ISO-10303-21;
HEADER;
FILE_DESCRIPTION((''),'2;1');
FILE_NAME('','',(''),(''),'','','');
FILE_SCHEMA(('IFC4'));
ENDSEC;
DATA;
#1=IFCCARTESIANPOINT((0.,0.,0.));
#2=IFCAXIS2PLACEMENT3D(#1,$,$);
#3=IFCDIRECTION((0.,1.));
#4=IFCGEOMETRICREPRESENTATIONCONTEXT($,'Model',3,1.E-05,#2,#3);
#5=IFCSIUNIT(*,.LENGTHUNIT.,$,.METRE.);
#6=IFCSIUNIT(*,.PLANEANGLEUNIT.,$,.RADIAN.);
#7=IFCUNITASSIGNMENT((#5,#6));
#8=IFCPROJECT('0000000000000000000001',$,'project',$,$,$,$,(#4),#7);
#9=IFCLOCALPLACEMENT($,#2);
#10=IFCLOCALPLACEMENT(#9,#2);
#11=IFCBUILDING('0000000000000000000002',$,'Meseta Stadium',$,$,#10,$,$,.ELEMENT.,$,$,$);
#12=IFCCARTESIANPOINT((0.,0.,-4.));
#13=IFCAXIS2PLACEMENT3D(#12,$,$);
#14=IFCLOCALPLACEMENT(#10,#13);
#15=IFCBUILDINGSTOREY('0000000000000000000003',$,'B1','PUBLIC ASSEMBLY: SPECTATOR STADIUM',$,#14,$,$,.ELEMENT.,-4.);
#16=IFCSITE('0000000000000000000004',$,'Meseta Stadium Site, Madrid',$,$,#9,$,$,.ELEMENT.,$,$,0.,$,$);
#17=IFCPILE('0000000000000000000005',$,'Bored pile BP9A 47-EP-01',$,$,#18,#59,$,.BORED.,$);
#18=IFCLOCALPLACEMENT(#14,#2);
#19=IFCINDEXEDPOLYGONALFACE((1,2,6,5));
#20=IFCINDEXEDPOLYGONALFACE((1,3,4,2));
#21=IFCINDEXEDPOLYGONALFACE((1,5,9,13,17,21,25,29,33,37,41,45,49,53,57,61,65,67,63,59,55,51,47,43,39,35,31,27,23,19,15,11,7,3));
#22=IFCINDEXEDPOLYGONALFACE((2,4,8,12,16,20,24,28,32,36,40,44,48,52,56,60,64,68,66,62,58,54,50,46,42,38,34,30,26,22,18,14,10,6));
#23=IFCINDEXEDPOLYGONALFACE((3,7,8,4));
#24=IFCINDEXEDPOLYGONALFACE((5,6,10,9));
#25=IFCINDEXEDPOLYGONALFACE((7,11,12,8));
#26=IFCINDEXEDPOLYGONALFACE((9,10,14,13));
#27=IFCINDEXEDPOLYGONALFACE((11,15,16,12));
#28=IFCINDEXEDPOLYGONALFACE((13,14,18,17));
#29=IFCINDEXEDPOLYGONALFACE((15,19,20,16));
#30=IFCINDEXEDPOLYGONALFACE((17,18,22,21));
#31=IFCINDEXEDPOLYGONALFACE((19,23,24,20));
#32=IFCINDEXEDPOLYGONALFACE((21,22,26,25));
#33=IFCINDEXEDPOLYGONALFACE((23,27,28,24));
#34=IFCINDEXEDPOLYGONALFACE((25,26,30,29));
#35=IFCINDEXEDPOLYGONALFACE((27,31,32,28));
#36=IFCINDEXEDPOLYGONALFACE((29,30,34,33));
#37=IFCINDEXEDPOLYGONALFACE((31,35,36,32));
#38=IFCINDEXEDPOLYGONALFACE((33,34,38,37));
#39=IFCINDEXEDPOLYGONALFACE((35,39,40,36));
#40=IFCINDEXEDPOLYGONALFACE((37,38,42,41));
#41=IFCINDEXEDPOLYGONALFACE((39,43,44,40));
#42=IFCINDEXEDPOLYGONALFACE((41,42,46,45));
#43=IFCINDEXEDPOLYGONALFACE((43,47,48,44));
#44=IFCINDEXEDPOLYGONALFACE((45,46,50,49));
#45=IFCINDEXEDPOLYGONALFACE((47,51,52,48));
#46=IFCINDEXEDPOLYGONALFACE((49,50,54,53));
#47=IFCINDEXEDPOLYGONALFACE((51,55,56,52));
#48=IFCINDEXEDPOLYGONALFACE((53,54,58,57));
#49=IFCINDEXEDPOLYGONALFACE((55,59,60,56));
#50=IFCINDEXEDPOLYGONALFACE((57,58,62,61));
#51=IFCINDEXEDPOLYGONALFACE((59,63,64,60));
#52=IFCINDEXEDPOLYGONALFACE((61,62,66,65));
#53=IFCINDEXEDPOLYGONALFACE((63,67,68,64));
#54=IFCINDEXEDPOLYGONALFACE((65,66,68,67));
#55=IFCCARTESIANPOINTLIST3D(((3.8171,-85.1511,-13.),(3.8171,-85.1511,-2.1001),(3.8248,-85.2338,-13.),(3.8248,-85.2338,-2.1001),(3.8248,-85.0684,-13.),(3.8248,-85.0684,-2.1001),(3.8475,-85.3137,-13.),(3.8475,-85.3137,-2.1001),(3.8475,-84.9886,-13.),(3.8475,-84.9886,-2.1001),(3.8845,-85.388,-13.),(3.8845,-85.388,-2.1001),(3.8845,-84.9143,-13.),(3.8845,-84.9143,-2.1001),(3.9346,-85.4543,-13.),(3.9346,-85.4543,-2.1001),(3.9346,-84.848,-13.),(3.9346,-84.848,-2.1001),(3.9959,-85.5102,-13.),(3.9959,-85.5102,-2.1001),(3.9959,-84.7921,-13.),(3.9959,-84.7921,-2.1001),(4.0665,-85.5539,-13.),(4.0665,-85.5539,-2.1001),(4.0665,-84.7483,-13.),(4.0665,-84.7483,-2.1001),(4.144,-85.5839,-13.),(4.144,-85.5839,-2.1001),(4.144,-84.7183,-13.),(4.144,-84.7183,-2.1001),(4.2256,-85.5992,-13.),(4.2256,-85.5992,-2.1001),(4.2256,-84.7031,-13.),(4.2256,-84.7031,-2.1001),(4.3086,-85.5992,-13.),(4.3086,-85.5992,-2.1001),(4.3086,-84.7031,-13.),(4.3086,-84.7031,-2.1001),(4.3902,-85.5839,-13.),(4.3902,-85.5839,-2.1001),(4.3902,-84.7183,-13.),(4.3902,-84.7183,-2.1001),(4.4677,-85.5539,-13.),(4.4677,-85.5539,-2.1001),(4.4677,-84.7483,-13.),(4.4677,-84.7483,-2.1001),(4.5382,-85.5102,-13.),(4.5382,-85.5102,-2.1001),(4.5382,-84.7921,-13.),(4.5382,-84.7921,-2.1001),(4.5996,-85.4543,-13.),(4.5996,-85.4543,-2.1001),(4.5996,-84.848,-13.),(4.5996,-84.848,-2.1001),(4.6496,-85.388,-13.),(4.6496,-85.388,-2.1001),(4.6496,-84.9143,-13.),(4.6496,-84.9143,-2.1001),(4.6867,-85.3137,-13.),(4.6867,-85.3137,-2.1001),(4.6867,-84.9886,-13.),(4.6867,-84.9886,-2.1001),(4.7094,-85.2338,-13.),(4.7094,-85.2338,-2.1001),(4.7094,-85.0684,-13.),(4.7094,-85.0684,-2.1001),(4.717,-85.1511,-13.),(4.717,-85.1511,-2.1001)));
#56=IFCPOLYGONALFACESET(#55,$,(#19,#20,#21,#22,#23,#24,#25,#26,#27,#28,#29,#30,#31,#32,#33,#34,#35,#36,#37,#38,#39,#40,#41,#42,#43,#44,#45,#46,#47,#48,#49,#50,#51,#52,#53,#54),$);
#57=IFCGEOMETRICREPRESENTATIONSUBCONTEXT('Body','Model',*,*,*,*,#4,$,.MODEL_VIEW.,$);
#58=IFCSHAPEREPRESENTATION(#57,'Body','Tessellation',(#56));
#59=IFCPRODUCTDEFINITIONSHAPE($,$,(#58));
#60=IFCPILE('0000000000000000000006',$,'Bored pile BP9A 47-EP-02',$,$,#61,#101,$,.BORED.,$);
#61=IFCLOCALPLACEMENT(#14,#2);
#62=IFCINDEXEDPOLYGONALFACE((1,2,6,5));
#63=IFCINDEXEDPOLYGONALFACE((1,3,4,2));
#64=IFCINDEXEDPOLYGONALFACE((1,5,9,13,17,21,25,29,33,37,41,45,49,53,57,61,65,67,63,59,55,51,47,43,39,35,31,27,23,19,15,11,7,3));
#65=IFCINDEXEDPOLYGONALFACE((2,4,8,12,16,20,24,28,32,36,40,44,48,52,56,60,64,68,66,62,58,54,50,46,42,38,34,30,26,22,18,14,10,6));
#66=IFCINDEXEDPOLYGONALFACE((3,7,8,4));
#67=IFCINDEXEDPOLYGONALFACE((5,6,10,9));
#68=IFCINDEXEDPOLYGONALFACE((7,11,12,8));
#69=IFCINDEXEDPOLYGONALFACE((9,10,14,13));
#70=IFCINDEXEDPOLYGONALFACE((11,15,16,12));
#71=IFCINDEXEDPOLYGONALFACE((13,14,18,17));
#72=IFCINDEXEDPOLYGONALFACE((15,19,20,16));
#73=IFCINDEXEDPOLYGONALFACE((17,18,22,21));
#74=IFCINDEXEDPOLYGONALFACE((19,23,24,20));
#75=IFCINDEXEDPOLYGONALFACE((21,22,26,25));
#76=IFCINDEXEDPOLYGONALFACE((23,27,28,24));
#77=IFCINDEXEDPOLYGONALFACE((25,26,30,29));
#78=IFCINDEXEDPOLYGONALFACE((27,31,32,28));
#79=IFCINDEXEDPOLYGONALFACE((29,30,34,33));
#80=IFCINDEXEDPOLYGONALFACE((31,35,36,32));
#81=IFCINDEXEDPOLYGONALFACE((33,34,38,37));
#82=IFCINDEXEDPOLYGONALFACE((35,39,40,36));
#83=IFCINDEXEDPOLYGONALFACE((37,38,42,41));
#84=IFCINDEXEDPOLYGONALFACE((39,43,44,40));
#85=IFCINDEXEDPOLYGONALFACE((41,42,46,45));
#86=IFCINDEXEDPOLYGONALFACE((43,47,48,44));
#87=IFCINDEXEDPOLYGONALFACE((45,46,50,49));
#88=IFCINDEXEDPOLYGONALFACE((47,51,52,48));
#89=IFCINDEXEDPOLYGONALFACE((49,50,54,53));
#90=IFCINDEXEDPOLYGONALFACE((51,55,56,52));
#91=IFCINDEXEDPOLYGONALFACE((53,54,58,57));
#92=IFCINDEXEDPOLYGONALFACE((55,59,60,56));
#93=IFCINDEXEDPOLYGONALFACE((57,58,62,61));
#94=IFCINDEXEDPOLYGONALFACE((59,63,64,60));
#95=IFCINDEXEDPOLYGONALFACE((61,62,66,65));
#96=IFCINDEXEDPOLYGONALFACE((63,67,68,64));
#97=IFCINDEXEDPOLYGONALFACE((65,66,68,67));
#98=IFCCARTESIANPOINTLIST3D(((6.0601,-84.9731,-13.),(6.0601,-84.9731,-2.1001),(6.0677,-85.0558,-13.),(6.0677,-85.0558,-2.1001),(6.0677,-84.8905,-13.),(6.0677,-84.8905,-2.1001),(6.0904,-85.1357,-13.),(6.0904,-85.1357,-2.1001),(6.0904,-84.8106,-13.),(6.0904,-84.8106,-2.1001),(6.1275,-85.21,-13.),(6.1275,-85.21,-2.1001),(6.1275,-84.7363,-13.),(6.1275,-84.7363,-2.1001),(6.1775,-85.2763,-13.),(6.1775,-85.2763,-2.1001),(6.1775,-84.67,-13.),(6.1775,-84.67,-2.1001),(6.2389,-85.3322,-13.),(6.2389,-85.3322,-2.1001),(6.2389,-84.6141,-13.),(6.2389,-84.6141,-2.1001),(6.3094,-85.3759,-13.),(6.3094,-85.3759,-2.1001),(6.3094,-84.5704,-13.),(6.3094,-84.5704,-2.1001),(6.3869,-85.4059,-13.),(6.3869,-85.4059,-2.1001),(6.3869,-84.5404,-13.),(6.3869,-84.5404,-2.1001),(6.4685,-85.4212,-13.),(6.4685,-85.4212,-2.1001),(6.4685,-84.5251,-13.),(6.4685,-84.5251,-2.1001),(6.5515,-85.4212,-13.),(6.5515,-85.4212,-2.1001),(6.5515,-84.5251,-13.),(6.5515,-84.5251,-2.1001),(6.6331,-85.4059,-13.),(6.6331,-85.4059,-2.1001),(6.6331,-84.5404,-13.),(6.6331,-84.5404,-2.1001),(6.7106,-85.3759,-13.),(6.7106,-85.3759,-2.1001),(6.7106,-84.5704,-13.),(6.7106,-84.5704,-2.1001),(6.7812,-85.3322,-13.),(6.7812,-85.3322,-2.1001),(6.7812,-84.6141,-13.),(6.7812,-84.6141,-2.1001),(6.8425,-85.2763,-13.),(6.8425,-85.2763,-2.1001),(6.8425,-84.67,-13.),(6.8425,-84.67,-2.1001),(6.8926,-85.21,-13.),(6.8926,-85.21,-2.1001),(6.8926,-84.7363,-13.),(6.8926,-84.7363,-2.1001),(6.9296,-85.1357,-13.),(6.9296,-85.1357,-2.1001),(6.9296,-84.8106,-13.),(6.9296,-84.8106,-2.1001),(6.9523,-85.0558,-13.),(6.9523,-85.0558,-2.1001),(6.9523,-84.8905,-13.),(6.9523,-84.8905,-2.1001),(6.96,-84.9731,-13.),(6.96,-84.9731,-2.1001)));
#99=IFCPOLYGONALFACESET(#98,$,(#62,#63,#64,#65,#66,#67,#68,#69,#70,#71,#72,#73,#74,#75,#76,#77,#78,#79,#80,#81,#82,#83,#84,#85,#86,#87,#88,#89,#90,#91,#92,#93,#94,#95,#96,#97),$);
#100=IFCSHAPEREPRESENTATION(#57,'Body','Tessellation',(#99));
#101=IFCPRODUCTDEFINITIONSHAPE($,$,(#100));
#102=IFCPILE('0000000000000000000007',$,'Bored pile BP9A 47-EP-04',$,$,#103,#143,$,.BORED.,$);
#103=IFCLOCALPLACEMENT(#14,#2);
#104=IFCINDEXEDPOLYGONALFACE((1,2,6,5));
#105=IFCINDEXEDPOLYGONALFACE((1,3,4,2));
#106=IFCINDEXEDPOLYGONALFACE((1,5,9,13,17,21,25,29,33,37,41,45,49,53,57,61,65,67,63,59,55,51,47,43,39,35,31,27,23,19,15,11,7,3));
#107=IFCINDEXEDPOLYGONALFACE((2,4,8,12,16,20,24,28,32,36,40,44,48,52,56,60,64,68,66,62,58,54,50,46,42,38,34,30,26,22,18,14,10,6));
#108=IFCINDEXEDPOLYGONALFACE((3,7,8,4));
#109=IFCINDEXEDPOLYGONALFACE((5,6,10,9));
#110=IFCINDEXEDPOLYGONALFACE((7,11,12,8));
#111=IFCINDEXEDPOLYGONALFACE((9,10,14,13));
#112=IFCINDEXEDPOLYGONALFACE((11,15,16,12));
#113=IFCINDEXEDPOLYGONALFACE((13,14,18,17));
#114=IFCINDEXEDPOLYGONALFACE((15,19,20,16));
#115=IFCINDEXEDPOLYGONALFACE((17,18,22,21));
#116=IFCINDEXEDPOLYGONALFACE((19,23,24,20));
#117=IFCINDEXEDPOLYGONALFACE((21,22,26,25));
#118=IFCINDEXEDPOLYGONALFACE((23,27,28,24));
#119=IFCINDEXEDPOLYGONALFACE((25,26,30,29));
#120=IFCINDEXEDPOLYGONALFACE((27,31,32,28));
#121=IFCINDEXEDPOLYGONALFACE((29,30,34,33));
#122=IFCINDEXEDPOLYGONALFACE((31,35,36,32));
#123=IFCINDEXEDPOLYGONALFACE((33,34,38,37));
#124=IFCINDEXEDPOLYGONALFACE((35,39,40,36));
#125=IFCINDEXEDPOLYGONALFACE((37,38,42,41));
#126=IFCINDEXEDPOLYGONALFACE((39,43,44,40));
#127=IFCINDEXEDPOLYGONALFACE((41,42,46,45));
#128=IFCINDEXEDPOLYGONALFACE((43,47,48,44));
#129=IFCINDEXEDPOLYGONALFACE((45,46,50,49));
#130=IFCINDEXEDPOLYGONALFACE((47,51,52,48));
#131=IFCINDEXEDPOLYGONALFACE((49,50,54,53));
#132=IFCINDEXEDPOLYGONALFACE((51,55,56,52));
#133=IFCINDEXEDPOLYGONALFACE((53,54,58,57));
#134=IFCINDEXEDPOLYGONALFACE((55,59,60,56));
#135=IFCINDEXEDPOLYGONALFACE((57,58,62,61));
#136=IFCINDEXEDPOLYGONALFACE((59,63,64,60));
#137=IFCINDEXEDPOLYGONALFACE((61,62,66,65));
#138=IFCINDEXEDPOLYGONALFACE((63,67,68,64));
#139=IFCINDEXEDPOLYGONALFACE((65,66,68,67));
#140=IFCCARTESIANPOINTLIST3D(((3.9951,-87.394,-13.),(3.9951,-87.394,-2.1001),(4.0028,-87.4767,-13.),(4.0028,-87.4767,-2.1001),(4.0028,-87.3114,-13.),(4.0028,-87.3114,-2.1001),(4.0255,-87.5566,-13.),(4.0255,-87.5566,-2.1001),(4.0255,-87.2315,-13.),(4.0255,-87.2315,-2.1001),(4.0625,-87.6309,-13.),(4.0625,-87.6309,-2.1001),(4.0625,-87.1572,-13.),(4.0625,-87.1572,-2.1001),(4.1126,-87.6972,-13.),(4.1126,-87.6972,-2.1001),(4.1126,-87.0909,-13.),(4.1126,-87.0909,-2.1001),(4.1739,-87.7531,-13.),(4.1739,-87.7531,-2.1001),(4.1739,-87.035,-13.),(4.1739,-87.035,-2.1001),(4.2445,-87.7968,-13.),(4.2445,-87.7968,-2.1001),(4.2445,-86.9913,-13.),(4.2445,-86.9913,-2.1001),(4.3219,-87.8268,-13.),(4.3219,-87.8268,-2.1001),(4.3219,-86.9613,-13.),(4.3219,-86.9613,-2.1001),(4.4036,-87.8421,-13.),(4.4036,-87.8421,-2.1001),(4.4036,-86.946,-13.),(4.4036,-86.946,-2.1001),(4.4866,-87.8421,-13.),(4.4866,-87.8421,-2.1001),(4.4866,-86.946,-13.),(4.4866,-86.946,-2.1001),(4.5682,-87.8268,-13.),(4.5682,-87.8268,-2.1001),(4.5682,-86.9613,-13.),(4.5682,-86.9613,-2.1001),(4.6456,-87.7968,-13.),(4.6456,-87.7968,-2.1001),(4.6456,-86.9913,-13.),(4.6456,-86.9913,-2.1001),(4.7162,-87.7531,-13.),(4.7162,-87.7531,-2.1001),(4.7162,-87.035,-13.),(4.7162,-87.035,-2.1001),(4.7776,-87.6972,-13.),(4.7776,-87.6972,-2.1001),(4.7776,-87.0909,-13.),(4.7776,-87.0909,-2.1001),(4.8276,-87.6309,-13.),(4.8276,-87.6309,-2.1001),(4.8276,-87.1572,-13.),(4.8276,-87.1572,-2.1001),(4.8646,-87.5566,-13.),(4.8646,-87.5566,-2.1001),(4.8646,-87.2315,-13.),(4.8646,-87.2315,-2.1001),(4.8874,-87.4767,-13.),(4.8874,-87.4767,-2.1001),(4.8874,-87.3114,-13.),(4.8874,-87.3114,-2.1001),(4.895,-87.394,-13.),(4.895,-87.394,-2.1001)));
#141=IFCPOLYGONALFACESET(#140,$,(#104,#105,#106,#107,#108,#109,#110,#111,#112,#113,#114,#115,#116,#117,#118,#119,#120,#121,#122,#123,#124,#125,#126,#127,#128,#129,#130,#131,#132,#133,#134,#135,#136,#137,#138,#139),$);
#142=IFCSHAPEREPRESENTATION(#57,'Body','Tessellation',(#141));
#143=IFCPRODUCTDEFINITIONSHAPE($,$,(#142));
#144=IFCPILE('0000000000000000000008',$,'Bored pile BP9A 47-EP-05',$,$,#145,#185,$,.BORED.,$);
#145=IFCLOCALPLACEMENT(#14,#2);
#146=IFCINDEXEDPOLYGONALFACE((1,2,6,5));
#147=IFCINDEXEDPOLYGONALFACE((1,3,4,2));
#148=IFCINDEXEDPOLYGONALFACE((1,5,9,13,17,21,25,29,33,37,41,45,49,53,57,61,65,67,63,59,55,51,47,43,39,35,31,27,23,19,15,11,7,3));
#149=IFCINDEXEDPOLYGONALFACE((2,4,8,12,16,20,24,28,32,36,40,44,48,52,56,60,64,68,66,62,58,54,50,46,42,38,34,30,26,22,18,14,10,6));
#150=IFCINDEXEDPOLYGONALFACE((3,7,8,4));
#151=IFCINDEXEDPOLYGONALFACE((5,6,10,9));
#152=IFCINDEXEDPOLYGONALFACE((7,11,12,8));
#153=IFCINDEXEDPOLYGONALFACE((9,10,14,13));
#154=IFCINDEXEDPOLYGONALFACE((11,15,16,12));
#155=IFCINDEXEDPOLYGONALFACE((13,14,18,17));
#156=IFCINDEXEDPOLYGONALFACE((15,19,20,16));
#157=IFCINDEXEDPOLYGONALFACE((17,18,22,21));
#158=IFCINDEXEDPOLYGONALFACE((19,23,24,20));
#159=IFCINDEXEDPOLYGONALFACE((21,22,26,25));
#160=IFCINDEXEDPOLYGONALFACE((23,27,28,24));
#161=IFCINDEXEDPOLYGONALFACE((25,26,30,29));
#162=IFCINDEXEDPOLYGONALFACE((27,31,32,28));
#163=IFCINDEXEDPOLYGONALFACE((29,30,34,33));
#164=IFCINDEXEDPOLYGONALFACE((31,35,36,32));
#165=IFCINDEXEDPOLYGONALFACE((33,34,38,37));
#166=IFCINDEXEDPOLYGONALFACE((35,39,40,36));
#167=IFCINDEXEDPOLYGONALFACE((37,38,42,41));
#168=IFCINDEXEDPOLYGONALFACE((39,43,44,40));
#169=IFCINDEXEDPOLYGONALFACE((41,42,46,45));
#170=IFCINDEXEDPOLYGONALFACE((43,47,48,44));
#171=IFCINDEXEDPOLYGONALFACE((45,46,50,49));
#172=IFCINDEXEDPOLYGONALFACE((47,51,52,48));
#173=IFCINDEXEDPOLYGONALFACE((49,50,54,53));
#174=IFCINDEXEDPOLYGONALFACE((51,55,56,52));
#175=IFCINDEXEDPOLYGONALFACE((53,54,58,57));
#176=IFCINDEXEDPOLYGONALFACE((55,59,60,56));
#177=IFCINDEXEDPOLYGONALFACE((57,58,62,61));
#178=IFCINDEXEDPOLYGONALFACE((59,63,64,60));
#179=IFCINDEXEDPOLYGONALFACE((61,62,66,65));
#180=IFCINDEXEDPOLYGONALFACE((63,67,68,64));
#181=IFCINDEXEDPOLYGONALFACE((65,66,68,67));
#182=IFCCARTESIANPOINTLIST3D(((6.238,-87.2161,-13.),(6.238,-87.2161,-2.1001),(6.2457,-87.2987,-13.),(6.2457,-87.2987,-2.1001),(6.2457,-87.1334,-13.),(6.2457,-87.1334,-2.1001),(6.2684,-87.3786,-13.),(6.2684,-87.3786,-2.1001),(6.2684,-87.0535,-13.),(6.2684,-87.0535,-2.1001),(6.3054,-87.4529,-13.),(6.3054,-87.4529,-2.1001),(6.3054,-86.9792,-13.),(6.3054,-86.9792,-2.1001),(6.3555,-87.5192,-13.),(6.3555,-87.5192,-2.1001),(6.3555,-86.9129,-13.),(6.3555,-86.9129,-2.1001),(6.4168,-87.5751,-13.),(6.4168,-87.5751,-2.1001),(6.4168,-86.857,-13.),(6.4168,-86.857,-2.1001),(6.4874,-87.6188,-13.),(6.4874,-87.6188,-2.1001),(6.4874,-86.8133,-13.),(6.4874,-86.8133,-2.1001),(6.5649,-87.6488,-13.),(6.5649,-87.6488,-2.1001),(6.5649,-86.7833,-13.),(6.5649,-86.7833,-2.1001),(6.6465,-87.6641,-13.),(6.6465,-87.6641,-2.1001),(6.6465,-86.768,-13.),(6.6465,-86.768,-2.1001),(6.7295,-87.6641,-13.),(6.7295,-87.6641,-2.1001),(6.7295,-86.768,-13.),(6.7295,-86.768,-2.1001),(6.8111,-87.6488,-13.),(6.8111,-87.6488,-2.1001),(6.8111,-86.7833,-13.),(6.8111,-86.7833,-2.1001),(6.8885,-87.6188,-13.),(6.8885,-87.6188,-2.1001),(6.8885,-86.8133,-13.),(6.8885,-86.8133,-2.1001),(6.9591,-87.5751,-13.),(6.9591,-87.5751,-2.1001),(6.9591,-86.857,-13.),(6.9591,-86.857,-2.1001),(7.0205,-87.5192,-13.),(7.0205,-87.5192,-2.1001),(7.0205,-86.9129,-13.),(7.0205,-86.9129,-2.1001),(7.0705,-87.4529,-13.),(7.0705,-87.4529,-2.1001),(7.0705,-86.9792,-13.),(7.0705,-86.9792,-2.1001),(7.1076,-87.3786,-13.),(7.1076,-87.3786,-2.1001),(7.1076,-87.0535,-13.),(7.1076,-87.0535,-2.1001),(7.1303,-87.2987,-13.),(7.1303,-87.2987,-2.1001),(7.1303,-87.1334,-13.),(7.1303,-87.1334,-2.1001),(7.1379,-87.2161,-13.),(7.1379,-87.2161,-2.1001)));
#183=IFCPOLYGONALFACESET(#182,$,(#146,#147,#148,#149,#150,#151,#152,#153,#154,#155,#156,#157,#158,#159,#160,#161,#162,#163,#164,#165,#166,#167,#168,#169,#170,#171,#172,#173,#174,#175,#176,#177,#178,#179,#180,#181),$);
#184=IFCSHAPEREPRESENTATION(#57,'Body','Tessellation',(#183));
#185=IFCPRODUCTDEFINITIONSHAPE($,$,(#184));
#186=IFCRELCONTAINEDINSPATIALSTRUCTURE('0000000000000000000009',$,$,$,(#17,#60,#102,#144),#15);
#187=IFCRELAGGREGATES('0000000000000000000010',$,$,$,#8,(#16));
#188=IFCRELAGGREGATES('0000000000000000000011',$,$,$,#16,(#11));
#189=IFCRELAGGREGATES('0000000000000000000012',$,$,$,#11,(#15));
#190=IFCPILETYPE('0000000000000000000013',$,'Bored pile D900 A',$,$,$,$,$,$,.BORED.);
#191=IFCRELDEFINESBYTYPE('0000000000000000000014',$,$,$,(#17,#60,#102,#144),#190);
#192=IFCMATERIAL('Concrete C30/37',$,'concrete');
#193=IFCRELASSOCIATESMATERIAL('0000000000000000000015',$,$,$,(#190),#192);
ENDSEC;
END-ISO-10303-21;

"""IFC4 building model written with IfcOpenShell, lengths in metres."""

from ifc_helpers import new_model, si_unit, direction, frame, origin, origin_2d, place, context, subcontext, project, spatial, circle, extrude, material, material_profile, profile_set, type_object, element, save


model = new_model("IFC4")

# Units and contexts
model_context = context("Model", 3, precision=1e-05, world=origin(), true_north=direction((0.0, 1.0)))
body_context = subcontext(model_context, "Body", "Model", "MODEL_VIEW")
ifc_project = project(units=[si_unit("LENGTHUNIT", "METRE"), si_unit("PLANEANGLEUNIT", "RADIAN")], contexts=[model_context])

# Site, building, storey
site_placement = place(None, origin())
site = spatial("IfcSite", under=ifc_project, at=site_placement, Name="Meseta Stadium Site, Madrid", CompositionType="ELEMENT", RefElevation=0.0)
building_placement = place(site_placement, origin())
building = spatial("IfcBuilding", under=site, at=building_placement, Name="Meseta Stadium", CompositionType="ELEMENT")
storey_placement = place(building_placement, frame((0.0, 0.0, -4.0)))
storey = spatial("IfcBuildingStorey", under=building, at=storey_placement, Name="B1", Description="PUBLIC ASSEMBLY: SPECTATOR STADIUM", CompositionType="ELEMENT", Elevation=-4.0)

# Piles
ifc_material_1 = material(Name="Concrete C30/37", Category="concrete")
ifc_material_profile_1 = material_profile(ifc_material_1, circle(Radius=0.45, at=origin_2d()), Name="D900")
ifc_profile_set_1 = profile_set([ifc_material_profile_1], Name="Concrete C30/37")
pile_type = type_object("IfcPileType", Name="Bored pile D900 A", PredefinedType="BORED", material=ifc_profile_set_1)
for number, where, z_axis, x_axis, name in (
    (1, (4.2671, -85.1511, -2.1001), (0.0, 0.0, -1.0), (1.0, 0.0, 0.0), "Bored pile BP9A 47-EP-01"),
    (2, (6.51, -84.9731, -2.1001), (0.0, 0.0, -1.0), (1.0, 0.0, 0.0), "Bored pile BP9A 47-EP-02"),
    (3, (4.4451, -87.394, -2.1001), (0.0, 0.0, -1.0), (1.0, 0.0, 0.0), "Bored pile BP9A 47-EP-04"),
    (4, (6.688, -87.2161, -2.1001), (0.0, 0.0, -1.0), (1.0, 0.0, 0.0), "Bored pile BP9A 47-EP-05"),
):
    element("IfcPile", number, at=place(storey_placement, frame(where, z_axis=z_axis, x_axis=x_axis)), inside=storey, type_object=pile_type, Name=name, PredefinedType="BORED", context=body_context, shape_type="SweptSolid", body=[
        extrude(circle(Radius=0.45, at=origin_2d()), origin(), (0.0, 0.0, 1.0), 10.8999),
    ])

save(model, "model.ifc")
